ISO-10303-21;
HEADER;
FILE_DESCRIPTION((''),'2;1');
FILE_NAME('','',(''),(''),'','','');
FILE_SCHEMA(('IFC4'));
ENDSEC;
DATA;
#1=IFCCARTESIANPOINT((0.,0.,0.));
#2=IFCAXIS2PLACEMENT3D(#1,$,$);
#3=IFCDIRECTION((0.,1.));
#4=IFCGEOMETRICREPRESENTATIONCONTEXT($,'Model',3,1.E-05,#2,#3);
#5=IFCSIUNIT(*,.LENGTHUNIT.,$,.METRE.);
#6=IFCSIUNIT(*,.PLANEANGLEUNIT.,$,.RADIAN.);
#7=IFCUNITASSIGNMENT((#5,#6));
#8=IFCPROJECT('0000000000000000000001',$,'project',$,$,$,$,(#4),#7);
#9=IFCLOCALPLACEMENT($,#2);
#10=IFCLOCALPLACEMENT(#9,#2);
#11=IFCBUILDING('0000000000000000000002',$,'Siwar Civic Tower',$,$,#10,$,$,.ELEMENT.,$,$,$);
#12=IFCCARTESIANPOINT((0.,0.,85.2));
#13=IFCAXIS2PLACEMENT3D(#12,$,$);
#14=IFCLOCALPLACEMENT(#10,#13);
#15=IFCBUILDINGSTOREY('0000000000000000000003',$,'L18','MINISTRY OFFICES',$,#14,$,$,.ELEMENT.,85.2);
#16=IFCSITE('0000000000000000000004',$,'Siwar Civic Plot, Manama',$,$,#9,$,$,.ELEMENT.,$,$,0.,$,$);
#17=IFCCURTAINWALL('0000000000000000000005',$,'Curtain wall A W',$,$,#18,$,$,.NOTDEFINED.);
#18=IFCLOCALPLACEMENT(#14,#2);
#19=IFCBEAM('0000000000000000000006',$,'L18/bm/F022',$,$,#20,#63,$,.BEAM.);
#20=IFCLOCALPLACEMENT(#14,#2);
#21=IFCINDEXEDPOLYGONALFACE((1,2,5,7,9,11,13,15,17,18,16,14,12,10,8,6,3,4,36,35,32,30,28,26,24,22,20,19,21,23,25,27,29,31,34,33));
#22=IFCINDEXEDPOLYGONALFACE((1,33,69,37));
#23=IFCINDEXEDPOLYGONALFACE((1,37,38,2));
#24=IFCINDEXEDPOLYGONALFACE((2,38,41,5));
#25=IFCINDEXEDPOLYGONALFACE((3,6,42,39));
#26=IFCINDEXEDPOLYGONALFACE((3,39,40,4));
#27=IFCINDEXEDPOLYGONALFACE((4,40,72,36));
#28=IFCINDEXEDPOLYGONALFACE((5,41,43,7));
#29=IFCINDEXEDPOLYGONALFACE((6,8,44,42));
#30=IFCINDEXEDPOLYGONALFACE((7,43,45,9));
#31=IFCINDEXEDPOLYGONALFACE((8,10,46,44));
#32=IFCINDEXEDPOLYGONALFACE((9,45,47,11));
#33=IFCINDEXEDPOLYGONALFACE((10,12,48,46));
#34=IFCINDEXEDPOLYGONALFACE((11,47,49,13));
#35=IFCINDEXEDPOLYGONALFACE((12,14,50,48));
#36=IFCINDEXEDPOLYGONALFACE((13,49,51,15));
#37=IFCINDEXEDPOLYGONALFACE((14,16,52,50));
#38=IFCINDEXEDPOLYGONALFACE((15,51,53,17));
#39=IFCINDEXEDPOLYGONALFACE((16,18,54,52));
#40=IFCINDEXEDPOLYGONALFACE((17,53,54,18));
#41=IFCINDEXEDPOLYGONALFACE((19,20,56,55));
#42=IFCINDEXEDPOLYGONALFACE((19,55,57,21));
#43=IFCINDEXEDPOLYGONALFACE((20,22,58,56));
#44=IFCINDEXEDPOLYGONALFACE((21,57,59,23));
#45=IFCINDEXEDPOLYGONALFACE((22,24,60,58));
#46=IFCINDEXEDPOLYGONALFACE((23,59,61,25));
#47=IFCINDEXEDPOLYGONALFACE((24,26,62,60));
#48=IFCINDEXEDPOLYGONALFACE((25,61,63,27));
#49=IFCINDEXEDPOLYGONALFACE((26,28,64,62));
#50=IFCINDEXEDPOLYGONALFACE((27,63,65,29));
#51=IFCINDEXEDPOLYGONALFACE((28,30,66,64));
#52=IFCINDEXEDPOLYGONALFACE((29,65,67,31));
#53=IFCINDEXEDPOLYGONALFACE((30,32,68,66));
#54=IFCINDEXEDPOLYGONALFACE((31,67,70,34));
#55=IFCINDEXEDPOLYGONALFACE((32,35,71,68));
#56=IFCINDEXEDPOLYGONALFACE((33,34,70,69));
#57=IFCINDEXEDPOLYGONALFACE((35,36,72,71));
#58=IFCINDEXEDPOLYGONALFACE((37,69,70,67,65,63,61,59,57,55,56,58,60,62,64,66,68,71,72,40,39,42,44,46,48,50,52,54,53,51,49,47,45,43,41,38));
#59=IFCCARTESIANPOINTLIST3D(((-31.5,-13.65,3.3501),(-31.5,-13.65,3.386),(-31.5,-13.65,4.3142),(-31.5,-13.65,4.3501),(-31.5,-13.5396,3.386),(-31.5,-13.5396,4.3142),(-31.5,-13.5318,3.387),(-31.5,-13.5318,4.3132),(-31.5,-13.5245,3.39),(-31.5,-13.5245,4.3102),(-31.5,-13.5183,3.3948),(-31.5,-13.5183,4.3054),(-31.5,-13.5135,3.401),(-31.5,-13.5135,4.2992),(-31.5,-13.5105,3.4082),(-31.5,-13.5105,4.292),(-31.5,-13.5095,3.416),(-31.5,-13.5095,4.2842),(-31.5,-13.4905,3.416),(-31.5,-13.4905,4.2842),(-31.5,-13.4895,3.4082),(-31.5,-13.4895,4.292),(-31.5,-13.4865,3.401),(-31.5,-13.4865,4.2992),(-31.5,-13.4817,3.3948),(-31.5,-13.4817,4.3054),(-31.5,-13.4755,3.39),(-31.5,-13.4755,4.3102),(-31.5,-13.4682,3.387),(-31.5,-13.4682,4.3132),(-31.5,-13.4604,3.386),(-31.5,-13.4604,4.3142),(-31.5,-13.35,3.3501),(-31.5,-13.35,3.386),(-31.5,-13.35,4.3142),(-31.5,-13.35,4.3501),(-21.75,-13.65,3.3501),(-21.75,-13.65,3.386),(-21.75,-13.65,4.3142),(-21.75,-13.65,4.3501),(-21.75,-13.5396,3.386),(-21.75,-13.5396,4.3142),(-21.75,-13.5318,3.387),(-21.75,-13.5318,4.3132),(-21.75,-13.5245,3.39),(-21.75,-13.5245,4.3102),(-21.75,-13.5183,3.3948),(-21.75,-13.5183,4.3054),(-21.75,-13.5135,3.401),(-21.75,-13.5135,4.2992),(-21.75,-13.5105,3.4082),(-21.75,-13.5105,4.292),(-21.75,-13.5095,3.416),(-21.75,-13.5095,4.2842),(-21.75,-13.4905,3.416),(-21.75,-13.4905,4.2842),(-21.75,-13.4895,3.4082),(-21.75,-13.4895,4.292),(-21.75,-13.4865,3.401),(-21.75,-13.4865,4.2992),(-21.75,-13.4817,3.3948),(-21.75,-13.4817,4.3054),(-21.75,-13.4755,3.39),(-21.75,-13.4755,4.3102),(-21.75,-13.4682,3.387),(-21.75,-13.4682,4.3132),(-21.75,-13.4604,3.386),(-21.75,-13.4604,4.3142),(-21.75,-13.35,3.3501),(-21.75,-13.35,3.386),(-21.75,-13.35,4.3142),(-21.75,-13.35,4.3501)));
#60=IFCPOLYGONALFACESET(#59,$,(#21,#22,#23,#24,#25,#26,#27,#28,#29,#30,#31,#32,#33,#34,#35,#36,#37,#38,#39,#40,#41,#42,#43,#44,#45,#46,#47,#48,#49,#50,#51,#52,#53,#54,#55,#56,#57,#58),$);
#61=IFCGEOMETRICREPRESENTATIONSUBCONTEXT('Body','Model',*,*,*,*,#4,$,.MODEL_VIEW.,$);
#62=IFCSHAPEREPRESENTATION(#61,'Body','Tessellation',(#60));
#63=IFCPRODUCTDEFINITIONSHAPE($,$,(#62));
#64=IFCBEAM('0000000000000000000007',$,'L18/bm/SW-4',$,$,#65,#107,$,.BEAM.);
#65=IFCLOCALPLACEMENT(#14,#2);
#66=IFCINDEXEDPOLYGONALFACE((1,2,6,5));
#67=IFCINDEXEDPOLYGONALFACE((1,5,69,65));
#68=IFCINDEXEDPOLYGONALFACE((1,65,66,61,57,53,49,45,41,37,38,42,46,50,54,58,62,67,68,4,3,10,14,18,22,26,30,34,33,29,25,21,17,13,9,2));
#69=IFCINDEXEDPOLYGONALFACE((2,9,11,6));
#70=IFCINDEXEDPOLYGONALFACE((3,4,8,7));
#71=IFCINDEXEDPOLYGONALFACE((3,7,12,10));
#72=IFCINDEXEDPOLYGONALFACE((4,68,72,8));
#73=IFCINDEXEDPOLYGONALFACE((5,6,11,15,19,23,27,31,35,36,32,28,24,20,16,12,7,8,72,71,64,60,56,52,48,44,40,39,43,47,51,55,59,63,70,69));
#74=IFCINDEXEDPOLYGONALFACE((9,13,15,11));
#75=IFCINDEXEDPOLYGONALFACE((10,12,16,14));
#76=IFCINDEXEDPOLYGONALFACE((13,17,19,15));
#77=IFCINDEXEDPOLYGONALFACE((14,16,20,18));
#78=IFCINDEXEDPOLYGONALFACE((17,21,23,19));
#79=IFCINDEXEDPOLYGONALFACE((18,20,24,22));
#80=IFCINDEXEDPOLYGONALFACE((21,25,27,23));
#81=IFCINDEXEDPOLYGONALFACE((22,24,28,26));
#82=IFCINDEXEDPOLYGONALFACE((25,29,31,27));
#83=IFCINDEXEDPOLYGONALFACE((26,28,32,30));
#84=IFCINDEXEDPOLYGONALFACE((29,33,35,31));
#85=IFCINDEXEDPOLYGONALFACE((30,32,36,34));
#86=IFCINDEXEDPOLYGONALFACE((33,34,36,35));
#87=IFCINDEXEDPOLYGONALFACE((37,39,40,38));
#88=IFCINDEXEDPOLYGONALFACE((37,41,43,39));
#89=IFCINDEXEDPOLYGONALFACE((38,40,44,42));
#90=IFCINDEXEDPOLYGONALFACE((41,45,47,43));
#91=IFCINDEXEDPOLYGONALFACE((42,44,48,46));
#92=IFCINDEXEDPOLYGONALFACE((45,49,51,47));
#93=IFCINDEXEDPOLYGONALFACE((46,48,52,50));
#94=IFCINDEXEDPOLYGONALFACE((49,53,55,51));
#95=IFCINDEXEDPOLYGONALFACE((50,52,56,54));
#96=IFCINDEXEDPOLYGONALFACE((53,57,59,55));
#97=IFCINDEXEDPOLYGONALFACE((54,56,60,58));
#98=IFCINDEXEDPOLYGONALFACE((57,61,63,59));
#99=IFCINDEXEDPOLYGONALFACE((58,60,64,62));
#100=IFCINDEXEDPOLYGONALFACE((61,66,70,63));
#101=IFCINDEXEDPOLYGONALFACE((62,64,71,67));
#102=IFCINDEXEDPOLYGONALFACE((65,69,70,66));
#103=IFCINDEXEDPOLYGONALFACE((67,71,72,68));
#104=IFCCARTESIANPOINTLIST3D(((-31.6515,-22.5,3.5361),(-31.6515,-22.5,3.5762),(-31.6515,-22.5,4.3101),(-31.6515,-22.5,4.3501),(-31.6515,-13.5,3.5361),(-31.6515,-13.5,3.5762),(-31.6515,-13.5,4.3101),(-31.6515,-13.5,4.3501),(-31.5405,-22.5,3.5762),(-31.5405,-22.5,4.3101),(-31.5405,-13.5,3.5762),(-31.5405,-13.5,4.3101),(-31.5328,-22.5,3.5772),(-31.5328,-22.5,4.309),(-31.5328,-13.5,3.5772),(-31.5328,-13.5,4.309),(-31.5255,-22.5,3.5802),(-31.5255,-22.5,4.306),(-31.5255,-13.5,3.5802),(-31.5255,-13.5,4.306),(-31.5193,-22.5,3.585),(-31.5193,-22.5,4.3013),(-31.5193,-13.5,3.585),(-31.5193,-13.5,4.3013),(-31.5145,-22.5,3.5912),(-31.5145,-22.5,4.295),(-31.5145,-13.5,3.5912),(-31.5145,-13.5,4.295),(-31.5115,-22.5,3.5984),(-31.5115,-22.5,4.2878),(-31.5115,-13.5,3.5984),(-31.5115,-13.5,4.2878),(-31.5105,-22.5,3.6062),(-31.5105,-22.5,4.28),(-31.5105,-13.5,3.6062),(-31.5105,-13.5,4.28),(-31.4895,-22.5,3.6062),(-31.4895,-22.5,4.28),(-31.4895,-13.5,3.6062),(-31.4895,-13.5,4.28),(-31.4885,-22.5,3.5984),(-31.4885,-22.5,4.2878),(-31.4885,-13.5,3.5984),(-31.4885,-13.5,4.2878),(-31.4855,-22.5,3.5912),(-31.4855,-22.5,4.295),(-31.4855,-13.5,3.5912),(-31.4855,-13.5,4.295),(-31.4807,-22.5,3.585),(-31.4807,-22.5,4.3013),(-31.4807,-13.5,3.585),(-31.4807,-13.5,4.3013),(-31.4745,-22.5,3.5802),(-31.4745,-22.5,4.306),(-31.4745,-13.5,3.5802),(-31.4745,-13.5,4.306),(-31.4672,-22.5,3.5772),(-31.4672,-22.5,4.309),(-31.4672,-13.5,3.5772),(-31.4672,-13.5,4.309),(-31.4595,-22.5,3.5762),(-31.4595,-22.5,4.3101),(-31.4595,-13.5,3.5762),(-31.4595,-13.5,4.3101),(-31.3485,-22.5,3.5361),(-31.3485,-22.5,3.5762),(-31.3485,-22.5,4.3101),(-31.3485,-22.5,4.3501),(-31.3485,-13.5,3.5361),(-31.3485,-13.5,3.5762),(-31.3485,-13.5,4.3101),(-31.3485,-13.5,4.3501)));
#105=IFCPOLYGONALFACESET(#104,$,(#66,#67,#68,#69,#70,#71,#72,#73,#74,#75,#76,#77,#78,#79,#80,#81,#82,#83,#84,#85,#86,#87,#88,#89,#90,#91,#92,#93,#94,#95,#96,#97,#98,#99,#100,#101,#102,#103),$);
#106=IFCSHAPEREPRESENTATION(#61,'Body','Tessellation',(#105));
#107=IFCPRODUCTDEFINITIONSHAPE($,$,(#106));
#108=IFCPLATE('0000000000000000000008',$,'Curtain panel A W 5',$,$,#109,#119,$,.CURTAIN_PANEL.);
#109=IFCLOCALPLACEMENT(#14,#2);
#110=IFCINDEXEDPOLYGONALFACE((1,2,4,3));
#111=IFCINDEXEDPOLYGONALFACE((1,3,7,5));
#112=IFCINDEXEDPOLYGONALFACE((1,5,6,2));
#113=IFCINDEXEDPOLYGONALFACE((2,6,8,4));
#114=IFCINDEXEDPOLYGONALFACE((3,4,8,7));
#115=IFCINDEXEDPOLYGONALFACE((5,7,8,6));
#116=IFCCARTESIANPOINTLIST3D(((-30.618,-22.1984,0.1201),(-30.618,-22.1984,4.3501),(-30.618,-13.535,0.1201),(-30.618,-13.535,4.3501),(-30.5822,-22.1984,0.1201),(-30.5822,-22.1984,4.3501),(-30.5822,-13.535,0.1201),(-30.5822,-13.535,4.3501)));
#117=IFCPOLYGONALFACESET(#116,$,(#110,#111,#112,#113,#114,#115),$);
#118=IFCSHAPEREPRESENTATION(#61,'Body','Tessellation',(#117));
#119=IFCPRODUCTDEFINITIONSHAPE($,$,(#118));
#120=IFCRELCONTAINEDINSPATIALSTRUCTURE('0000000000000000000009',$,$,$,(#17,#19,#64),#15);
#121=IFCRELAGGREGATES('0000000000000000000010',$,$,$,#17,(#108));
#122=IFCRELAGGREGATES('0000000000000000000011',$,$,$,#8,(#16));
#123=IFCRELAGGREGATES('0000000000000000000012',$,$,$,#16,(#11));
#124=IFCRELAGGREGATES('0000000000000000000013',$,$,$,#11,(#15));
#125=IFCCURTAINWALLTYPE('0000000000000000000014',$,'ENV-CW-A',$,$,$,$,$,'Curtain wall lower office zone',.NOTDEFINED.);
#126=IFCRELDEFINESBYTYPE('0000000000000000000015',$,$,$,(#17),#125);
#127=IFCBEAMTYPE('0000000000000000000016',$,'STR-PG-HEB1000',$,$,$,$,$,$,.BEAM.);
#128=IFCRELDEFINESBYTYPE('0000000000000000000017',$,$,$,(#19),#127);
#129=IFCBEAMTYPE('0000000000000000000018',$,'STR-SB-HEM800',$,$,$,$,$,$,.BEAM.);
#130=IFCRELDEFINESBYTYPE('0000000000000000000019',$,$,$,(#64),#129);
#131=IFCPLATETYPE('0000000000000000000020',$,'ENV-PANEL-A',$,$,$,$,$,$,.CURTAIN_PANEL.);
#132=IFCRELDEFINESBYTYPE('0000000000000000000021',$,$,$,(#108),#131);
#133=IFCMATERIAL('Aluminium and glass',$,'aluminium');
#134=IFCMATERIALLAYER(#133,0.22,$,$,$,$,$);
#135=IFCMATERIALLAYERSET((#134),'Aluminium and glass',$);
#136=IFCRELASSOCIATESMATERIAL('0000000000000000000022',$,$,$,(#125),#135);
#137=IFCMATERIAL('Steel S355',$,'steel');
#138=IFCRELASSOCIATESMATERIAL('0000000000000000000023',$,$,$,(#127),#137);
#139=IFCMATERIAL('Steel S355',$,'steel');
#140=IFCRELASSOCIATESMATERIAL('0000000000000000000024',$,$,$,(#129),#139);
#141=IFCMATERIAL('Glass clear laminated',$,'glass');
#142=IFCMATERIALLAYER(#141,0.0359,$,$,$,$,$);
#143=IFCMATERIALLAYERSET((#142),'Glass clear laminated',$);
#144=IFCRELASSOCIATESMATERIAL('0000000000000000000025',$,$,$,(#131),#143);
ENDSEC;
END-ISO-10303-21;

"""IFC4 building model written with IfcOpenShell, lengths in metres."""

from ifc_helpers import new_model, si_unit, direction, frame, origin, origin_2d, place, context, subcontext, project, spatial, rectangle, i_section, extrude, material, layer, layer_set, material_profile, profile_set, type_object, element, aggregate, save


model = new_model("IFC4")

# Units and contexts
model_context = context("Model", 3, precision=1e-05, world=origin(), true_north=direction((0.0, 1.0)))
body_context = subcontext(model_context, "Body", "Model", "MODEL_VIEW")
ifc_project = project(units=[si_unit("LENGTHUNIT", "METRE"), si_unit("PLANEANGLEUNIT", "RADIAN")], contexts=[model_context])

# Site, building, storey
site_placement = place(None, origin())
site = spatial("IfcSite", under=ifc_project, at=site_placement, Name="Siwar Civic Plot, Manama", CompositionType="ELEMENT", RefElevation=0.0)
building_placement = place(site_placement, origin())
building = spatial("IfcBuilding", under=site, at=building_placement, Name="Siwar Civic Tower", CompositionType="ELEMENT")
storey_placement = place(building_placement, frame((0.0, 0.0, 85.2)))
storey = spatial("IfcBuildingStorey", under=building, at=storey_placement, Name="L18", Description="MINISTRY OFFICES", CompositionType="ELEMENT", Elevation=85.2)

# Curtain wall
ifc_material_1 = material(Name="Aluminium and glass", Category="aluminium")
ifc_layer_1 = layer(ifc_material_1, 0.22)
ifc_layer_set_1 = layer_set([ifc_layer_1], Name="Aluminium and glass")
curtain_wall_type = type_object("IfcCurtainWallType", Name="ENV-CW-A", ElementType="Curtain wall lower office zone", PredefinedType="NOTDEFINED", material=ifc_layer_set_1)
curtain_wall_placement = place(storey_placement, origin())
curtain_wall = element("IfcCurtainWall", 1, at=curtain_wall_placement, inside=storey, type_object=curtain_wall_type, Name="Curtain wall A W", PredefinedType="NOTDEFINED")

# Beams
ifc_material_2 = material(Name="Steel S355", Category="steel")
ifc_material_profile_1 = material_profile(ifc_material_2, i_section(OverallWidth=0.3, OverallDepth=1.0, WebThickness=0.019, FlangeThickness=0.0359, FilletRadius=0.03, at=origin_2d()), Name="HEB1000")
ifc_profile_set_1 = profile_set([ifc_material_profile_1], Name="Steel S355")
beam_type_1 = type_object("IfcBeamType", Name="STR-PG-HEB1000", PredefinedType="BEAM", material=ifc_profile_set_1)
beam_1_placement = place(storey_placement, frame((-31.5, -13.5, 3.8501), z_axis=(1.0, 0.0, 0.0), x_axis=(0.0, 1.0, 0.0)))
element("IfcBeam", 2, at=beam_1_placement, inside=storey, type_object=beam_type_1, Name="L18/bm/F022", PredefinedType="BEAM", context=body_context, shape_type="SweptSolid", body=[
    extrude(i_section(OverallWidth=0.3, OverallDepth=1.0, WebThickness=0.019, FlangeThickness=0.0359, FilletRadius=0.03, at=origin_2d()), origin(), (0.0, 0.0, 1.0), 9.75),
])
ifc_material_3 = material(Name="Steel S355", Category="steel")
ifc_material_profile_2 = material_profile(ifc_material_3, i_section(OverallWidth=0.303, OverallDepth=0.814, WebThickness=0.021, FlangeThickness=0.04, FilletRadius=0.03, at=origin_2d()), Name="HEM800")
ifc_profile_set_2 = profile_set([ifc_material_profile_2], Name="Steel S355")
beam_type_2 = type_object("IfcBeamType", Name="STR-SB-HEM800", PredefinedType="BEAM", material=ifc_profile_set_2)
beam_2_placement = place(storey_placement, frame((-31.5, -13.5, 3.9431), z_axis=(0.0, -1.0, 0.0), x_axis=(1.0, 0.0, 0.0)))
element("IfcBeam", 3, at=beam_2_placement, inside=storey, type_object=beam_type_2, Name="L18/bm/SW-4", PredefinedType="BEAM", context=body_context, shape_type="SweptSolid", body=[
    extrude(i_section(OverallWidth=0.303, OverallDepth=0.814, WebThickness=0.021, FlangeThickness=0.04, FilletRadius=0.03, at=origin_2d()), origin(), (0.0, 0.0, 1.0), 9.0),
])

# Plate
ifc_material_4 = material(Name="Glass clear laminated", Category="glass")
ifc_layer_2 = layer(ifc_material_4, 0.0359)
ifc_layer_set_2 = layer_set([ifc_layer_2], Name="Glass clear laminated")
plate_type = type_object("IfcPlateType", Name="ENV-PANEL-A", PredefinedType="CURTAIN_PANEL", material=ifc_layer_set_2)
plate_placement = place(storey_placement, frame((-30.6001, -17.8667, 0.1201), z_axis=(0.0, 0.0, 1.0), x_axis=(0.0, -1.0, 0.0)))
plate = element("IfcPlate", 4, at=plate_placement, type_object=plate_type, Name="Curtain panel A W 5", PredefinedType="CURTAIN_PANEL", context=body_context, shape_type="SweptSolid", body=[
    extrude(rectangle(XDim=8.6633, YDim=0.0359, at=origin_2d()), origin(), (0.0, 0.0, 1.0), 4.23),
])
aggregate(curtain_wall, [plate])

save(model, "model.ifc")
